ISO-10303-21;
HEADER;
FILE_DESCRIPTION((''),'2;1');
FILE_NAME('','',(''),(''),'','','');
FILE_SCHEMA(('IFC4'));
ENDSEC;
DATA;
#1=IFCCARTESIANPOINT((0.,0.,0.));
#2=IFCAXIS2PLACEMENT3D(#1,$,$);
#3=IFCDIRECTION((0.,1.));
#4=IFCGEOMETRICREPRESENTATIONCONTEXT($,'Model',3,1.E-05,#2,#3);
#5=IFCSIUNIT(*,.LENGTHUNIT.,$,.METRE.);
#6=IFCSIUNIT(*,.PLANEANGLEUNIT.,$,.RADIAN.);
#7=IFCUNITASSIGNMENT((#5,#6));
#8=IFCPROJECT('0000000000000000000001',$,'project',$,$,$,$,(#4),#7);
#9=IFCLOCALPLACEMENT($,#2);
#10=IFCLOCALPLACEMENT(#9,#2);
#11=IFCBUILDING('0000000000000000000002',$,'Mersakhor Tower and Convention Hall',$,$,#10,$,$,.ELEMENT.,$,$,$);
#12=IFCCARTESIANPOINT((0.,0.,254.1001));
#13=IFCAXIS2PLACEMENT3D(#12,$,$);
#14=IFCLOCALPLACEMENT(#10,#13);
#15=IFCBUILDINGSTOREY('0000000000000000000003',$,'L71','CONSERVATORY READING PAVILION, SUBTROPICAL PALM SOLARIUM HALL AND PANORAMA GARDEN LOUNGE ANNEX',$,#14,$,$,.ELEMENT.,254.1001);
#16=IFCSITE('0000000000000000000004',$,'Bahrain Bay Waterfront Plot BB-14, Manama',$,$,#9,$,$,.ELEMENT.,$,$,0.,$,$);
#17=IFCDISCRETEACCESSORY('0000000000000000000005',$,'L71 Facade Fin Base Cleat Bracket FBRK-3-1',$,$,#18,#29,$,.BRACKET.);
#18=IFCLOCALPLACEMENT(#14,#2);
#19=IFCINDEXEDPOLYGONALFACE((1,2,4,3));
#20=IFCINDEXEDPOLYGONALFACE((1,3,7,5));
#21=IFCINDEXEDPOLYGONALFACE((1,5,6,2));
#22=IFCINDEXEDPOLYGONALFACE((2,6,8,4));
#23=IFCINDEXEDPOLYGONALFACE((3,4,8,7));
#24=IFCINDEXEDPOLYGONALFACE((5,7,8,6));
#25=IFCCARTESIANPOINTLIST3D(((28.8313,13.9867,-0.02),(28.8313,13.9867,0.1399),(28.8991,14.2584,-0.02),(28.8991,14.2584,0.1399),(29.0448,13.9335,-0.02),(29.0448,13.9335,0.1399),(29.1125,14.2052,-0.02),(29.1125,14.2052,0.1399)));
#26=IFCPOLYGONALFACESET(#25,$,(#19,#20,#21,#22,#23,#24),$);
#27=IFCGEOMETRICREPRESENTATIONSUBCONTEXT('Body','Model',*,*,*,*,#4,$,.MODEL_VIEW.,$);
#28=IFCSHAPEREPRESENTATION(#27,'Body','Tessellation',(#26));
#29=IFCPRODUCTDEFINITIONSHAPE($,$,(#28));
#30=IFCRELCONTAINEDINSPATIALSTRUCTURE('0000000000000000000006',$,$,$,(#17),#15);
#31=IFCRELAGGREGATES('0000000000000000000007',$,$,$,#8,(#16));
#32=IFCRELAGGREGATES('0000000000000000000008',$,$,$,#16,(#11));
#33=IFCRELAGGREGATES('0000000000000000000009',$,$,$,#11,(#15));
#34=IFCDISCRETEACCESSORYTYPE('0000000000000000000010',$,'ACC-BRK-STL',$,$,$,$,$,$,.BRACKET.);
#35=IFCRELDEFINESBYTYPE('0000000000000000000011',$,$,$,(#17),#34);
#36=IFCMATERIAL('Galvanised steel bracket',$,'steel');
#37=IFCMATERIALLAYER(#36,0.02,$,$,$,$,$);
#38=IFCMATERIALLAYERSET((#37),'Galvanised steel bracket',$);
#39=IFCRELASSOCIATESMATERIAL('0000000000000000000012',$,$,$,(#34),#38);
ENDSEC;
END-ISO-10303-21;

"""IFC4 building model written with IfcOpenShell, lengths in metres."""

from ifc_helpers import new_model, si_unit, direction, frame, origin, origin_2d, place, context, subcontext, project, spatial, rectangle, extrude, material, layer, layer_set, type_object, element, save


model = new_model("IFC4")

# Units and contexts
model_context = context("Model", 3, precision=1e-05, world=origin(), true_north=direction((0.0, 1.0)))
body_context = subcontext(model_context, "Body", "Model", "MODEL_VIEW")
ifc_project = project(units=[si_unit("LENGTHUNIT", "METRE"), si_unit("PLANEANGLEUNIT", "RADIAN")], contexts=[model_context])

# Site, building, storey
site_placement = place(None, origin())
site = spatial("IfcSite", under=ifc_project, at=site_placement, Name="Bahrain Bay Waterfront Plot BB-14, Manama", CompositionType="ELEMENT", RefElevation=0.0)
building_placement = place(site_placement, origin())
building = spatial("IfcBuilding", under=site, at=building_placement, Name="Mersakhor Tower and Convention Hall", CompositionType="ELEMENT")
storey_placement = place(building_placement, frame((0.0, 0.0, 254.1001)))
storey = spatial("IfcBuildingStorey", under=building, at=storey_placement, Name="L71", Description="CONSERVATORY READING PAVILION, SUBTROPICAL PALM SOLARIUM HALL AND PANORAMA GARDEN LOUNGE ANNEX", CompositionType="ELEMENT", Elevation=254.1001)

# Discrete accessory
ifc_material_1 = material(Name="Galvanised steel bracket", Category="steel")
ifc_layer_1 = layer(ifc_material_1, 0.02)
ifc_layer_set_1 = layer_set([ifc_layer_1], Name="Galvanised steel bracket")
discrete_accessory_type = type_object("IfcDiscreteAccessoryType", Name="ACC-BRK-STL", PredefinedType="BRACKET", material=ifc_layer_set_1)
discrete_accessory_placement = place(storey_placement, frame((28.9719, 14.0959, -0.02), z_axis=(0.0, 0.0, 1.0), x_axis=(-0.241922, -0.970296, 0.0)))
element("IfcDiscreteAccessory", 1, at=discrete_accessory_placement, inside=storey, type_object=discrete_accessory_type, Name="L71 Facade Fin Base Cleat Bracket FBRK-3-1", PredefinedType="BRACKET", context=body_context, shape_type="SweptSolid", body=[
    extrude(rectangle(XDim=0.28, YDim=0.22, at=origin_2d()), origin(), (0.0, 0.0, 1.0), 0.1599),
])

save(model, "model.ifc")
